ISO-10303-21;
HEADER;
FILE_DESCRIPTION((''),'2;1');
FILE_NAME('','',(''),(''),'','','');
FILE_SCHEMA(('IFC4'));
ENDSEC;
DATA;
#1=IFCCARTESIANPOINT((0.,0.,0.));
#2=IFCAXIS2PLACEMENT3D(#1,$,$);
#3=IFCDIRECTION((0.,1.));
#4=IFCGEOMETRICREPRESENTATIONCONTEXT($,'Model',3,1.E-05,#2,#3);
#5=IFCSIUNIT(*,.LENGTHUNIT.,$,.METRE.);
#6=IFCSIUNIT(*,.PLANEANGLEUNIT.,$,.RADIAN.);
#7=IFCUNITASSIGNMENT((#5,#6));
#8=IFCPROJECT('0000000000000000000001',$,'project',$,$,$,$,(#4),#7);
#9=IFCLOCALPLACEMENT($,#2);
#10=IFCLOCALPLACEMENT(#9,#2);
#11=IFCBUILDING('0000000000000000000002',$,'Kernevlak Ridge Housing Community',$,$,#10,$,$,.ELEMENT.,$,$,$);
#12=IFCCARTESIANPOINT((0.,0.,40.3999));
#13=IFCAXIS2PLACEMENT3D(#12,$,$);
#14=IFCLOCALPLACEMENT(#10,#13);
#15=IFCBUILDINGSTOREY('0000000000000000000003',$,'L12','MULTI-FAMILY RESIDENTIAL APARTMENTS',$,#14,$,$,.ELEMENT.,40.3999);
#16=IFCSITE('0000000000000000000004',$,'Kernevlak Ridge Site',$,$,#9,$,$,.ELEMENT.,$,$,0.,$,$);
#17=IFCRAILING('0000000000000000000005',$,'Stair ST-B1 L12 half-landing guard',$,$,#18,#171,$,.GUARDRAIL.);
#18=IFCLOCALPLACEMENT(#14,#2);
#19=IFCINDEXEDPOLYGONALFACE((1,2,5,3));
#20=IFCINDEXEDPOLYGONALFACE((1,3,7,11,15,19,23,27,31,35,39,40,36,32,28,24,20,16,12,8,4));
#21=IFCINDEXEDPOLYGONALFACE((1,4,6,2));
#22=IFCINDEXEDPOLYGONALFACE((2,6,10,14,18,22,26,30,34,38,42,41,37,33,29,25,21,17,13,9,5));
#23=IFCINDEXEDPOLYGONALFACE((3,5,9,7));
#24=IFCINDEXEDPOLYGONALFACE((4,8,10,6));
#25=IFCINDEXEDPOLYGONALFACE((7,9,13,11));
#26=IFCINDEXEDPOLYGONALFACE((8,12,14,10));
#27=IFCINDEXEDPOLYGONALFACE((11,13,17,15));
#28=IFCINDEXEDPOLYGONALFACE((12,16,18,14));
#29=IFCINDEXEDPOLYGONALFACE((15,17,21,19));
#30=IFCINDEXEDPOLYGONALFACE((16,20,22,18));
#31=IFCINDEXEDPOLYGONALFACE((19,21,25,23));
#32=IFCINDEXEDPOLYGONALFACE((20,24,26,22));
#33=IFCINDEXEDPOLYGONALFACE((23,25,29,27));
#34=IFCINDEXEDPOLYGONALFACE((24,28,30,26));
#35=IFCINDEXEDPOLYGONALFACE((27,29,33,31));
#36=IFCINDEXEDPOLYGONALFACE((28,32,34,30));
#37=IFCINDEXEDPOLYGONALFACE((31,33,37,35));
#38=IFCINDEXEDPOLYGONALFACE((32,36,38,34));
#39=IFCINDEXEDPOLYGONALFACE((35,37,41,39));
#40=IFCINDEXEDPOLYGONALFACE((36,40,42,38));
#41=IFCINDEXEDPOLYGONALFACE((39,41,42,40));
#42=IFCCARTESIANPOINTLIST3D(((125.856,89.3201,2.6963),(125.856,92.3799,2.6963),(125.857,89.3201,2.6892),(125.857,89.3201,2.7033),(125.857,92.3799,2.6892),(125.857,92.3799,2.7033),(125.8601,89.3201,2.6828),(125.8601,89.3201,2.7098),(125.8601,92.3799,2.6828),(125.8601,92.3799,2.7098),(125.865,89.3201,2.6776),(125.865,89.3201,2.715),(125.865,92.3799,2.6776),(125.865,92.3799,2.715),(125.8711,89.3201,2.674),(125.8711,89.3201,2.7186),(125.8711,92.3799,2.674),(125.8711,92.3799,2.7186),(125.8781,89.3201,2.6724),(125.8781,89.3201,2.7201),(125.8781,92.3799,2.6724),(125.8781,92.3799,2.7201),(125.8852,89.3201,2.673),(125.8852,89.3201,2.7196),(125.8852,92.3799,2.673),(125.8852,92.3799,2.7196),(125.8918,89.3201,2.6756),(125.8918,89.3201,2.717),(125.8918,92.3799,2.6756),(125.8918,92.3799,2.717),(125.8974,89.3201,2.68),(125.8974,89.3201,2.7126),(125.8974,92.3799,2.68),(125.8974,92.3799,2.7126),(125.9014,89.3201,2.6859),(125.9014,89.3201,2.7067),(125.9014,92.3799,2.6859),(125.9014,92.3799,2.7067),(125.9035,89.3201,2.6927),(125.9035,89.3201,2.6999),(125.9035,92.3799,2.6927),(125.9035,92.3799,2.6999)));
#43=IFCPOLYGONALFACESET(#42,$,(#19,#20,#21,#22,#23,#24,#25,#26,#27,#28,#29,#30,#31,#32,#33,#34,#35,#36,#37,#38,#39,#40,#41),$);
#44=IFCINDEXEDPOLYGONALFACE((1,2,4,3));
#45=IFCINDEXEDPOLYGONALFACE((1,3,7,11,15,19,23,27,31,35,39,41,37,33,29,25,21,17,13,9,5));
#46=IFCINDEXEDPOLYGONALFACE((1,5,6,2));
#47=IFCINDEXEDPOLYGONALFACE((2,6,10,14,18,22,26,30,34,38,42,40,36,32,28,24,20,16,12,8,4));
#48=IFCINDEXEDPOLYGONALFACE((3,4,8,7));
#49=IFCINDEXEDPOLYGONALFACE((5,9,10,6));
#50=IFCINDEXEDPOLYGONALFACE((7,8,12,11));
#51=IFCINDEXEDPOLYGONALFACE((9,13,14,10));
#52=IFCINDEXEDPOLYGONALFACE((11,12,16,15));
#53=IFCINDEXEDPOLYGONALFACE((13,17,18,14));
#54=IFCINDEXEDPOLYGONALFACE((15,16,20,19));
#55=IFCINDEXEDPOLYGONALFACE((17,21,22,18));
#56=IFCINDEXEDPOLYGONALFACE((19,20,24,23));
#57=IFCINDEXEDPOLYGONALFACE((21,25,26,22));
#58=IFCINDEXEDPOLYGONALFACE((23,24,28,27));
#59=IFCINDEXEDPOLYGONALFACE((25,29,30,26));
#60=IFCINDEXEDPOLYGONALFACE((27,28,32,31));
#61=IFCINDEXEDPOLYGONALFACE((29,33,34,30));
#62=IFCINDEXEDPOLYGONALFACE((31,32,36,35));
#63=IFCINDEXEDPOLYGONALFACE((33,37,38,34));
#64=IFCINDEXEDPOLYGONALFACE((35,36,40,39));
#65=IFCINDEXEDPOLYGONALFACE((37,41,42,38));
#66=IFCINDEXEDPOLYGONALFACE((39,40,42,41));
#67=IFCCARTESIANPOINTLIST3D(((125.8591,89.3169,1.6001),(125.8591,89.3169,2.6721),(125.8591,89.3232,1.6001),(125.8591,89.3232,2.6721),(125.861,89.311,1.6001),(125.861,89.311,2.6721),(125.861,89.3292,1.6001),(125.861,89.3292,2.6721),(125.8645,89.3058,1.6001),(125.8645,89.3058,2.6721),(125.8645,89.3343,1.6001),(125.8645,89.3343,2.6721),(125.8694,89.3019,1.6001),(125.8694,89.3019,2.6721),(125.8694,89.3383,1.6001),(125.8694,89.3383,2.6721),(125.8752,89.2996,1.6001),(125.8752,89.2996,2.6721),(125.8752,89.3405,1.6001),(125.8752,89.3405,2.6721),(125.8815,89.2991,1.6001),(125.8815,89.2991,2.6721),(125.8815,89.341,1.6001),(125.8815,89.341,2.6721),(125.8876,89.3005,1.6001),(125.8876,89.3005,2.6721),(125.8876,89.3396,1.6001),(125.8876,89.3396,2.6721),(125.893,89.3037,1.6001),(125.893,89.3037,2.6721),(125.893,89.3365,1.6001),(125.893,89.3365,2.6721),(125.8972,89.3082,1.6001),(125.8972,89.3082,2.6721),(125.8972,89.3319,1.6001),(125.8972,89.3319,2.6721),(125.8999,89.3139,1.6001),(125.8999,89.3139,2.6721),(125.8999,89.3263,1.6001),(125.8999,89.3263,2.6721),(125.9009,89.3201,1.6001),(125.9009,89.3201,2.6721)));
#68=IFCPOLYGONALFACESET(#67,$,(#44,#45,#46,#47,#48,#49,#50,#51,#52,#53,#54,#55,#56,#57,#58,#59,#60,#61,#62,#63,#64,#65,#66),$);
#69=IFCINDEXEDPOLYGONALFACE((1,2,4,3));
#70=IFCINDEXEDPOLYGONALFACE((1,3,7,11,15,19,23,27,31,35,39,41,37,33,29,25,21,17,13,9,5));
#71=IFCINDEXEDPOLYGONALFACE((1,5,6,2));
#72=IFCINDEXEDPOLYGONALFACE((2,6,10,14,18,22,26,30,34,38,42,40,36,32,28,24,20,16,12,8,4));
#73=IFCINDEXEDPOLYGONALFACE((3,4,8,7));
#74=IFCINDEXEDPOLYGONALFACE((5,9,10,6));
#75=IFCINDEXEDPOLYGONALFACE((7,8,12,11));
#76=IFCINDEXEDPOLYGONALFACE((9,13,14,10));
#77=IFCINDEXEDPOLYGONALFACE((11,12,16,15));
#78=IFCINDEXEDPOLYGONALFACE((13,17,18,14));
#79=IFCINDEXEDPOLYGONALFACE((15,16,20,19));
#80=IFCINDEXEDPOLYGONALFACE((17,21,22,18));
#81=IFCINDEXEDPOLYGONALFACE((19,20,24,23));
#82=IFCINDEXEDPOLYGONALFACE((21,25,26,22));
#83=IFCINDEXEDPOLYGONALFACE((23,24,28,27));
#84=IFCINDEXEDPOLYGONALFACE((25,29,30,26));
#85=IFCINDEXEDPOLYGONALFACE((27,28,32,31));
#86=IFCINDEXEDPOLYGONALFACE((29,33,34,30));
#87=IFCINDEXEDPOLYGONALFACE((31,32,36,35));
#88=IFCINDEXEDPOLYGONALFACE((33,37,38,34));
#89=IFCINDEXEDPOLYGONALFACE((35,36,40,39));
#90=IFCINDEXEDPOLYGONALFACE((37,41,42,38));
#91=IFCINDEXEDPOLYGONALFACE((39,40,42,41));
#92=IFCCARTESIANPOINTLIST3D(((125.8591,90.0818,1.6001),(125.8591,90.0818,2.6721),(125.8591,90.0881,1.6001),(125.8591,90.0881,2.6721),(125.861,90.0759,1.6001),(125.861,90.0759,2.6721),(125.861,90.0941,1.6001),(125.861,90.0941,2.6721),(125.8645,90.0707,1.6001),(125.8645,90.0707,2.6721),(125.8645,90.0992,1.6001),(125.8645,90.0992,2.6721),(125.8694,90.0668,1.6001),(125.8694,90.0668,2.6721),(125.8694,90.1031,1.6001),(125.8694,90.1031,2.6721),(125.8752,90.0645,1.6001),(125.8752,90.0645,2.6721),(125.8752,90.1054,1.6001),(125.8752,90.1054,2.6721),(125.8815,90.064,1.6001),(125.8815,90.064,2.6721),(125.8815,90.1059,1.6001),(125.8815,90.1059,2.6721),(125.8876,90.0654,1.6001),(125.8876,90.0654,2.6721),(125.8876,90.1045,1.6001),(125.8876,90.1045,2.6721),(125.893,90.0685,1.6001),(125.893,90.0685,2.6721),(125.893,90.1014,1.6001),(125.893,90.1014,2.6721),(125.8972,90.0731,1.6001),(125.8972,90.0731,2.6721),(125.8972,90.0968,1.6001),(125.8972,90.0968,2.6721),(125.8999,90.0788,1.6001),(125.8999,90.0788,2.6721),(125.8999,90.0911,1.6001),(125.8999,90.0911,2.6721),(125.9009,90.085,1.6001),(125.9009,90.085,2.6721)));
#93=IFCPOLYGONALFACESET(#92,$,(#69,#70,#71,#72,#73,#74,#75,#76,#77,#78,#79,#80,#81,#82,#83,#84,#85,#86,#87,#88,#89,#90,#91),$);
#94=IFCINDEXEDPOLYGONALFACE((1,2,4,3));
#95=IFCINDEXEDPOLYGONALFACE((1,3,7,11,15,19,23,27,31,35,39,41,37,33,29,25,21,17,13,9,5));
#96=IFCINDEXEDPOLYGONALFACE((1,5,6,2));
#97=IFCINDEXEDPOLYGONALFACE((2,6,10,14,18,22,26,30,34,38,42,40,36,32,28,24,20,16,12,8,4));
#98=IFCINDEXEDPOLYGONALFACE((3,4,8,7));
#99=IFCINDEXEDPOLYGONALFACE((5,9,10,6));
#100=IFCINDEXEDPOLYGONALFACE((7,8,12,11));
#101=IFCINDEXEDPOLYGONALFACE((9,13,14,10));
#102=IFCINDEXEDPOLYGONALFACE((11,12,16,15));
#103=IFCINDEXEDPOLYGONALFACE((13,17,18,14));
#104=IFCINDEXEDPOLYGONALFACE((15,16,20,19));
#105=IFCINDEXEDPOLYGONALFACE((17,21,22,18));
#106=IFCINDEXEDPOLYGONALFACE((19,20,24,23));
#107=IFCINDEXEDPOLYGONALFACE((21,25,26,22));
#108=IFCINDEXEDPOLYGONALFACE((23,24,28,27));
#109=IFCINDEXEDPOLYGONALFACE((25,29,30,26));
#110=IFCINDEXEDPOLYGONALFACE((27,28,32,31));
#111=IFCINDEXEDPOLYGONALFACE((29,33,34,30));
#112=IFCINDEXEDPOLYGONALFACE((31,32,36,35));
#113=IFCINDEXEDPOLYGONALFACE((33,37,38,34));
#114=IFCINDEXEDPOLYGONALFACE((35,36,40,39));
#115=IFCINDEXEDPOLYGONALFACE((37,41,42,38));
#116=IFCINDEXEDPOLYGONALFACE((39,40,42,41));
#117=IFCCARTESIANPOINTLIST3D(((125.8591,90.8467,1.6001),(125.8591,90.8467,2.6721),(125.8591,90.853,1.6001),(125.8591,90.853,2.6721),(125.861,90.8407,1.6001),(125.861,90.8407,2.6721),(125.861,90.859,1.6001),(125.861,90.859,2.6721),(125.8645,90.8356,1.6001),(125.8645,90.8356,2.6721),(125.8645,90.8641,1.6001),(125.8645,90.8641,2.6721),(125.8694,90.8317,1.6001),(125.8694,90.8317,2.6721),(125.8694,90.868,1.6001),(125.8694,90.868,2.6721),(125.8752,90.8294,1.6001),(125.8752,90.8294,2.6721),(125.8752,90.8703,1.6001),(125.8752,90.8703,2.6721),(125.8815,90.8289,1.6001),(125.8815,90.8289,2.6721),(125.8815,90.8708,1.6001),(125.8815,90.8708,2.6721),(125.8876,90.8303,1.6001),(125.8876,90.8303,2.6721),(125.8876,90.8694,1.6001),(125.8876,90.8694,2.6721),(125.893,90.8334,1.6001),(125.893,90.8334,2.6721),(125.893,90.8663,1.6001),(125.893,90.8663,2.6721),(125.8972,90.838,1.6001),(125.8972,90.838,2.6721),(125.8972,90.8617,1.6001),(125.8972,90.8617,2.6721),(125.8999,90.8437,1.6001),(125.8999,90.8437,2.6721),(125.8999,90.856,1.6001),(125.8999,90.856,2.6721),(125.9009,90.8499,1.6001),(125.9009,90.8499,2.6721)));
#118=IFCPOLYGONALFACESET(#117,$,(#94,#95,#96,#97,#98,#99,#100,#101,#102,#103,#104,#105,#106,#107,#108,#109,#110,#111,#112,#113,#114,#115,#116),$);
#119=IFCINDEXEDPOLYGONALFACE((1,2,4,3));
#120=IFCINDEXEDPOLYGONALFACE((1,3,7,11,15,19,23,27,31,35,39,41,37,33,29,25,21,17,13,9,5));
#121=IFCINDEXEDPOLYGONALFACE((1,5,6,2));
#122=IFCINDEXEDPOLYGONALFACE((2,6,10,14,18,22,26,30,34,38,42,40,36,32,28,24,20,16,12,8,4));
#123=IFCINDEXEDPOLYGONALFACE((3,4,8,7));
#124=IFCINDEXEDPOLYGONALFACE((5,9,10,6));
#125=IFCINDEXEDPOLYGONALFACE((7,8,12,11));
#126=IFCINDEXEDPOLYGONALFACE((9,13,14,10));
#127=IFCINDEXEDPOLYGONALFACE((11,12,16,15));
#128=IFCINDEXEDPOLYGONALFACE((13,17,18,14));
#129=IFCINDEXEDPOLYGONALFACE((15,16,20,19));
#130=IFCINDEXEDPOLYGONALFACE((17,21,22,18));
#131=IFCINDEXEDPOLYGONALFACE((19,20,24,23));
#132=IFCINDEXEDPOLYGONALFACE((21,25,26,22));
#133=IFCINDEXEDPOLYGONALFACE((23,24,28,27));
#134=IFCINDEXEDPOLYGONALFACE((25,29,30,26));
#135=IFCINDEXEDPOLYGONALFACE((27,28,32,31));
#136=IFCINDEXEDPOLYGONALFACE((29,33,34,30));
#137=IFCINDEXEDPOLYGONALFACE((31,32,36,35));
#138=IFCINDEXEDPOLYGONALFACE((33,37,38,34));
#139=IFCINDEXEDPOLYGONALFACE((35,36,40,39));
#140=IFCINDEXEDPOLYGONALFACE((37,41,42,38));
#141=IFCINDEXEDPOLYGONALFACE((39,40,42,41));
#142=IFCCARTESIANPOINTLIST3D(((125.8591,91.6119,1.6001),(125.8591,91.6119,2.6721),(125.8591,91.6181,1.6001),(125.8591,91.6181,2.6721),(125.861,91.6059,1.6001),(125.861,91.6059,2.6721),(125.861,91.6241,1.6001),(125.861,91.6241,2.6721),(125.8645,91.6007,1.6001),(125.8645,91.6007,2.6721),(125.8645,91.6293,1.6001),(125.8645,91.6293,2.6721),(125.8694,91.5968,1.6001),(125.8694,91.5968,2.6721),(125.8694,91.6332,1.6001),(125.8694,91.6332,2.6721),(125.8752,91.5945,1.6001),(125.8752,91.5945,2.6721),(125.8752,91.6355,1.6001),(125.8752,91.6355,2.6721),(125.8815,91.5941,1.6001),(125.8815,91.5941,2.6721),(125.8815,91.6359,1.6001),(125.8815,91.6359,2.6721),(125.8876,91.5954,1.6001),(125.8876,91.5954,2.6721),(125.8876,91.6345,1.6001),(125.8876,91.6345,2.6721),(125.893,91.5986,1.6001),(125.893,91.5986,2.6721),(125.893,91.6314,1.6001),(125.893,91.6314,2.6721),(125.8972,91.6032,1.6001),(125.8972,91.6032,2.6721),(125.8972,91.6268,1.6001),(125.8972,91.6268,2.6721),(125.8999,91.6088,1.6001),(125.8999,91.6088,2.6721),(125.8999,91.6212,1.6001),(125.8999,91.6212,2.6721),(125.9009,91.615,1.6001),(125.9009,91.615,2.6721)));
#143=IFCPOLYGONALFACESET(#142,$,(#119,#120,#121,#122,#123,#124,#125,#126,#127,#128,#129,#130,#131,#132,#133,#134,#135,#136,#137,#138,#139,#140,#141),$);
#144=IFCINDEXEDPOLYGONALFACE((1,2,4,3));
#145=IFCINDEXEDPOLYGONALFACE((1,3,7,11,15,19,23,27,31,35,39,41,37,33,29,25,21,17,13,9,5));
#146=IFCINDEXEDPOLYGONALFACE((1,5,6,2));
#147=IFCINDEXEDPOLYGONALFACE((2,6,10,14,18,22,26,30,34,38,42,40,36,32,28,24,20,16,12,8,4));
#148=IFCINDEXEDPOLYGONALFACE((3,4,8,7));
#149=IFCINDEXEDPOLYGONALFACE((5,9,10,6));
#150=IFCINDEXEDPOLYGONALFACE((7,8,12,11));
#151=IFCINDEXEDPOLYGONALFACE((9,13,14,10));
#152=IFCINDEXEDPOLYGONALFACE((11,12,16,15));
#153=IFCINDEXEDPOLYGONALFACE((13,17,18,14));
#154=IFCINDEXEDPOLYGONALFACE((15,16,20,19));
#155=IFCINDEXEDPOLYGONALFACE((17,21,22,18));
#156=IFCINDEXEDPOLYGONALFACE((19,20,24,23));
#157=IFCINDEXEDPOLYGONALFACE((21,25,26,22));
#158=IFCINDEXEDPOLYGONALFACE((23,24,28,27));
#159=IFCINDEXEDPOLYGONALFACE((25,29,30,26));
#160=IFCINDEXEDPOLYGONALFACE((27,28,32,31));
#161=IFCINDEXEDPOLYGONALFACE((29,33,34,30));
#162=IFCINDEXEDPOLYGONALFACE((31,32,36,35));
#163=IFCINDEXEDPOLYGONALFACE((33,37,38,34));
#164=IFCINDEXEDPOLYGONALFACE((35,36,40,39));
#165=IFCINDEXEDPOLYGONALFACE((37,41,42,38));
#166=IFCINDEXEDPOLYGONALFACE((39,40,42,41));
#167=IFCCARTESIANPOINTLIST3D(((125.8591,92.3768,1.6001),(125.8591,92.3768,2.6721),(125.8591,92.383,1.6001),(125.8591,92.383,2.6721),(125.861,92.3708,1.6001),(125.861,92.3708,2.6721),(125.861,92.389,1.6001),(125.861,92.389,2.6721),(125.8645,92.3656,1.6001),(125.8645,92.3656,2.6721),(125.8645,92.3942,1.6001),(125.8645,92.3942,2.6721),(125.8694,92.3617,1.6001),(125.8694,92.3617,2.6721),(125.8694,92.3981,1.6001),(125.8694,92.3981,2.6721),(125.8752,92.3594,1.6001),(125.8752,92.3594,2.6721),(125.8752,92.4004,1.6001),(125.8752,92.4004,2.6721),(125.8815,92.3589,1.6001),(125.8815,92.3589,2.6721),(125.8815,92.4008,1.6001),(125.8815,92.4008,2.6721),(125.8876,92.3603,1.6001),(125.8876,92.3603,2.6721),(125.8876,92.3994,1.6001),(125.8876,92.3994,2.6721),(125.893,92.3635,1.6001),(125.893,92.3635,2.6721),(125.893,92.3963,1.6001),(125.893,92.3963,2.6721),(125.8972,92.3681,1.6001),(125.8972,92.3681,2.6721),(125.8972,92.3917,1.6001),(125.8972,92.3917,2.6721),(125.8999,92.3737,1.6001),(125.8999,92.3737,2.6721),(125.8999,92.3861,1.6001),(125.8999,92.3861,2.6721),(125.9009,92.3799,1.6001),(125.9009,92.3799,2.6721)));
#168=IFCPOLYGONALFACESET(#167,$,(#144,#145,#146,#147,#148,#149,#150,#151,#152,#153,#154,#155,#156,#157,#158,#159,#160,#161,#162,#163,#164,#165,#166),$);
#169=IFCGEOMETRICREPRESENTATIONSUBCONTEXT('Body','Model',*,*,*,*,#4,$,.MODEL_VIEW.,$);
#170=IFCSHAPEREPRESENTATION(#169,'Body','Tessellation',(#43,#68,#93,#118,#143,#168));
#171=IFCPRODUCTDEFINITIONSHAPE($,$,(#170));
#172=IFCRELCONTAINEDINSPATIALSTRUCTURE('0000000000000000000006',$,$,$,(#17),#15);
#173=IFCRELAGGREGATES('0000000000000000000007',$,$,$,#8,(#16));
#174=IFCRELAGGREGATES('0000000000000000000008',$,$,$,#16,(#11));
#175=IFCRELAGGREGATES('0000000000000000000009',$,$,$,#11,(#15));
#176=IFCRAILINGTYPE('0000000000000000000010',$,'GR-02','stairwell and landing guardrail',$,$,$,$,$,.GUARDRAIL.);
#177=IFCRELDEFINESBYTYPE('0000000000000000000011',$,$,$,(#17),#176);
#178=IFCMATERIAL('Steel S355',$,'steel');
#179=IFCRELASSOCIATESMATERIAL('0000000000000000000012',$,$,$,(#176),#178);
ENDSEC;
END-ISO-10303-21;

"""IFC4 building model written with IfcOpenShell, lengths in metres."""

from ifc_helpers import new_model, si_unit, direction, frame, origin, origin_2d, place, context, subcontext, project, spatial, circle, extrude, material, type_object, element, save


model = new_model("IFC4")

# Units and contexts
model_context = context("Model", 3, precision=1e-05, world=origin(), true_north=direction((0.0, 1.0)))
body_context = subcontext(model_context, "Body", "Model", "MODEL_VIEW")
ifc_project = project(units=[si_unit("LENGTHUNIT", "METRE"), si_unit("PLANEANGLEUNIT", "RADIAN")], contexts=[model_context])

# Site, building, storey
site_placement = place(None, origin())
site = spatial("IfcSite", under=ifc_project, at=site_placement, Name="Kernevlak Ridge Site", CompositionType="ELEMENT", RefElevation=0.0)
building_placement = place(site_placement, origin())
building = spatial("IfcBuilding", under=site, at=building_placement, Name="Kernevlak Ridge Housing Community", CompositionType="ELEMENT")
storey_placement = place(building_placement, frame((0.0, 0.0, 40.3999)))
storey = spatial("IfcBuildingStorey", under=building, at=storey_placement, Name="L12", Description="MULTI-FAMILY RESIDENTIAL APARTMENTS", CompositionType="ELEMENT", Elevation=40.3999)

# Railing
ifc_material_1 = material(Name="Steel S355", Category="steel")
railing_type_1 = type_object("IfcRailingType", Name="GR-02", Description="stairwell and landing guardrail", PredefinedType="GUARDRAIL", material=ifc_material_1)
railing_1_placement = place(storey_placement, frame((125.8799, 89.3201, 1.6001)))
element("IfcRailing", 1, at=railing_1_placement, inside=storey, type_object=railing_type_1, Name="Stair ST-B1 L12 half-landing guard", PredefinedType="GUARDRAIL", context=body_context, shape_type="SweptSolid", body=[
    extrude(circle(Radius=0.0239, at=origin_2d()), frame((0.0, 0.0, 1.0962), z_axis=(0.0, 1.0, 0.0), x_axis=(-1.0, 0.0, 0.0)), (0.0, 0.0, 1.0), 3.0598),
    extrude(circle(Radius=0.021, at=origin_2d()), origin(), (0.0, 0.0, 1.0), 1.072),
    extrude(circle(Radius=0.021, at=origin_2d()), frame((0.0, 0.7649, 0.0)), (0.0, 0.0, 1.0), 1.072),
    extrude(circle(Radius=0.021, at=origin_2d()), frame((0.0, 1.5298, 0.0)), (0.0, 0.0, 1.0), 1.072),
    extrude(circle(Radius=0.021, at=origin_2d()), frame((0.0, 2.2949, 0.0)), (0.0, 0.0, 1.0), 1.072),
    extrude(circle(Radius=0.021, at=origin_2d()), frame((0.0, 3.0598, 0.0)), (0.0, 0.0, 1.0), 1.072),
])

save(model, "model.ifc")
